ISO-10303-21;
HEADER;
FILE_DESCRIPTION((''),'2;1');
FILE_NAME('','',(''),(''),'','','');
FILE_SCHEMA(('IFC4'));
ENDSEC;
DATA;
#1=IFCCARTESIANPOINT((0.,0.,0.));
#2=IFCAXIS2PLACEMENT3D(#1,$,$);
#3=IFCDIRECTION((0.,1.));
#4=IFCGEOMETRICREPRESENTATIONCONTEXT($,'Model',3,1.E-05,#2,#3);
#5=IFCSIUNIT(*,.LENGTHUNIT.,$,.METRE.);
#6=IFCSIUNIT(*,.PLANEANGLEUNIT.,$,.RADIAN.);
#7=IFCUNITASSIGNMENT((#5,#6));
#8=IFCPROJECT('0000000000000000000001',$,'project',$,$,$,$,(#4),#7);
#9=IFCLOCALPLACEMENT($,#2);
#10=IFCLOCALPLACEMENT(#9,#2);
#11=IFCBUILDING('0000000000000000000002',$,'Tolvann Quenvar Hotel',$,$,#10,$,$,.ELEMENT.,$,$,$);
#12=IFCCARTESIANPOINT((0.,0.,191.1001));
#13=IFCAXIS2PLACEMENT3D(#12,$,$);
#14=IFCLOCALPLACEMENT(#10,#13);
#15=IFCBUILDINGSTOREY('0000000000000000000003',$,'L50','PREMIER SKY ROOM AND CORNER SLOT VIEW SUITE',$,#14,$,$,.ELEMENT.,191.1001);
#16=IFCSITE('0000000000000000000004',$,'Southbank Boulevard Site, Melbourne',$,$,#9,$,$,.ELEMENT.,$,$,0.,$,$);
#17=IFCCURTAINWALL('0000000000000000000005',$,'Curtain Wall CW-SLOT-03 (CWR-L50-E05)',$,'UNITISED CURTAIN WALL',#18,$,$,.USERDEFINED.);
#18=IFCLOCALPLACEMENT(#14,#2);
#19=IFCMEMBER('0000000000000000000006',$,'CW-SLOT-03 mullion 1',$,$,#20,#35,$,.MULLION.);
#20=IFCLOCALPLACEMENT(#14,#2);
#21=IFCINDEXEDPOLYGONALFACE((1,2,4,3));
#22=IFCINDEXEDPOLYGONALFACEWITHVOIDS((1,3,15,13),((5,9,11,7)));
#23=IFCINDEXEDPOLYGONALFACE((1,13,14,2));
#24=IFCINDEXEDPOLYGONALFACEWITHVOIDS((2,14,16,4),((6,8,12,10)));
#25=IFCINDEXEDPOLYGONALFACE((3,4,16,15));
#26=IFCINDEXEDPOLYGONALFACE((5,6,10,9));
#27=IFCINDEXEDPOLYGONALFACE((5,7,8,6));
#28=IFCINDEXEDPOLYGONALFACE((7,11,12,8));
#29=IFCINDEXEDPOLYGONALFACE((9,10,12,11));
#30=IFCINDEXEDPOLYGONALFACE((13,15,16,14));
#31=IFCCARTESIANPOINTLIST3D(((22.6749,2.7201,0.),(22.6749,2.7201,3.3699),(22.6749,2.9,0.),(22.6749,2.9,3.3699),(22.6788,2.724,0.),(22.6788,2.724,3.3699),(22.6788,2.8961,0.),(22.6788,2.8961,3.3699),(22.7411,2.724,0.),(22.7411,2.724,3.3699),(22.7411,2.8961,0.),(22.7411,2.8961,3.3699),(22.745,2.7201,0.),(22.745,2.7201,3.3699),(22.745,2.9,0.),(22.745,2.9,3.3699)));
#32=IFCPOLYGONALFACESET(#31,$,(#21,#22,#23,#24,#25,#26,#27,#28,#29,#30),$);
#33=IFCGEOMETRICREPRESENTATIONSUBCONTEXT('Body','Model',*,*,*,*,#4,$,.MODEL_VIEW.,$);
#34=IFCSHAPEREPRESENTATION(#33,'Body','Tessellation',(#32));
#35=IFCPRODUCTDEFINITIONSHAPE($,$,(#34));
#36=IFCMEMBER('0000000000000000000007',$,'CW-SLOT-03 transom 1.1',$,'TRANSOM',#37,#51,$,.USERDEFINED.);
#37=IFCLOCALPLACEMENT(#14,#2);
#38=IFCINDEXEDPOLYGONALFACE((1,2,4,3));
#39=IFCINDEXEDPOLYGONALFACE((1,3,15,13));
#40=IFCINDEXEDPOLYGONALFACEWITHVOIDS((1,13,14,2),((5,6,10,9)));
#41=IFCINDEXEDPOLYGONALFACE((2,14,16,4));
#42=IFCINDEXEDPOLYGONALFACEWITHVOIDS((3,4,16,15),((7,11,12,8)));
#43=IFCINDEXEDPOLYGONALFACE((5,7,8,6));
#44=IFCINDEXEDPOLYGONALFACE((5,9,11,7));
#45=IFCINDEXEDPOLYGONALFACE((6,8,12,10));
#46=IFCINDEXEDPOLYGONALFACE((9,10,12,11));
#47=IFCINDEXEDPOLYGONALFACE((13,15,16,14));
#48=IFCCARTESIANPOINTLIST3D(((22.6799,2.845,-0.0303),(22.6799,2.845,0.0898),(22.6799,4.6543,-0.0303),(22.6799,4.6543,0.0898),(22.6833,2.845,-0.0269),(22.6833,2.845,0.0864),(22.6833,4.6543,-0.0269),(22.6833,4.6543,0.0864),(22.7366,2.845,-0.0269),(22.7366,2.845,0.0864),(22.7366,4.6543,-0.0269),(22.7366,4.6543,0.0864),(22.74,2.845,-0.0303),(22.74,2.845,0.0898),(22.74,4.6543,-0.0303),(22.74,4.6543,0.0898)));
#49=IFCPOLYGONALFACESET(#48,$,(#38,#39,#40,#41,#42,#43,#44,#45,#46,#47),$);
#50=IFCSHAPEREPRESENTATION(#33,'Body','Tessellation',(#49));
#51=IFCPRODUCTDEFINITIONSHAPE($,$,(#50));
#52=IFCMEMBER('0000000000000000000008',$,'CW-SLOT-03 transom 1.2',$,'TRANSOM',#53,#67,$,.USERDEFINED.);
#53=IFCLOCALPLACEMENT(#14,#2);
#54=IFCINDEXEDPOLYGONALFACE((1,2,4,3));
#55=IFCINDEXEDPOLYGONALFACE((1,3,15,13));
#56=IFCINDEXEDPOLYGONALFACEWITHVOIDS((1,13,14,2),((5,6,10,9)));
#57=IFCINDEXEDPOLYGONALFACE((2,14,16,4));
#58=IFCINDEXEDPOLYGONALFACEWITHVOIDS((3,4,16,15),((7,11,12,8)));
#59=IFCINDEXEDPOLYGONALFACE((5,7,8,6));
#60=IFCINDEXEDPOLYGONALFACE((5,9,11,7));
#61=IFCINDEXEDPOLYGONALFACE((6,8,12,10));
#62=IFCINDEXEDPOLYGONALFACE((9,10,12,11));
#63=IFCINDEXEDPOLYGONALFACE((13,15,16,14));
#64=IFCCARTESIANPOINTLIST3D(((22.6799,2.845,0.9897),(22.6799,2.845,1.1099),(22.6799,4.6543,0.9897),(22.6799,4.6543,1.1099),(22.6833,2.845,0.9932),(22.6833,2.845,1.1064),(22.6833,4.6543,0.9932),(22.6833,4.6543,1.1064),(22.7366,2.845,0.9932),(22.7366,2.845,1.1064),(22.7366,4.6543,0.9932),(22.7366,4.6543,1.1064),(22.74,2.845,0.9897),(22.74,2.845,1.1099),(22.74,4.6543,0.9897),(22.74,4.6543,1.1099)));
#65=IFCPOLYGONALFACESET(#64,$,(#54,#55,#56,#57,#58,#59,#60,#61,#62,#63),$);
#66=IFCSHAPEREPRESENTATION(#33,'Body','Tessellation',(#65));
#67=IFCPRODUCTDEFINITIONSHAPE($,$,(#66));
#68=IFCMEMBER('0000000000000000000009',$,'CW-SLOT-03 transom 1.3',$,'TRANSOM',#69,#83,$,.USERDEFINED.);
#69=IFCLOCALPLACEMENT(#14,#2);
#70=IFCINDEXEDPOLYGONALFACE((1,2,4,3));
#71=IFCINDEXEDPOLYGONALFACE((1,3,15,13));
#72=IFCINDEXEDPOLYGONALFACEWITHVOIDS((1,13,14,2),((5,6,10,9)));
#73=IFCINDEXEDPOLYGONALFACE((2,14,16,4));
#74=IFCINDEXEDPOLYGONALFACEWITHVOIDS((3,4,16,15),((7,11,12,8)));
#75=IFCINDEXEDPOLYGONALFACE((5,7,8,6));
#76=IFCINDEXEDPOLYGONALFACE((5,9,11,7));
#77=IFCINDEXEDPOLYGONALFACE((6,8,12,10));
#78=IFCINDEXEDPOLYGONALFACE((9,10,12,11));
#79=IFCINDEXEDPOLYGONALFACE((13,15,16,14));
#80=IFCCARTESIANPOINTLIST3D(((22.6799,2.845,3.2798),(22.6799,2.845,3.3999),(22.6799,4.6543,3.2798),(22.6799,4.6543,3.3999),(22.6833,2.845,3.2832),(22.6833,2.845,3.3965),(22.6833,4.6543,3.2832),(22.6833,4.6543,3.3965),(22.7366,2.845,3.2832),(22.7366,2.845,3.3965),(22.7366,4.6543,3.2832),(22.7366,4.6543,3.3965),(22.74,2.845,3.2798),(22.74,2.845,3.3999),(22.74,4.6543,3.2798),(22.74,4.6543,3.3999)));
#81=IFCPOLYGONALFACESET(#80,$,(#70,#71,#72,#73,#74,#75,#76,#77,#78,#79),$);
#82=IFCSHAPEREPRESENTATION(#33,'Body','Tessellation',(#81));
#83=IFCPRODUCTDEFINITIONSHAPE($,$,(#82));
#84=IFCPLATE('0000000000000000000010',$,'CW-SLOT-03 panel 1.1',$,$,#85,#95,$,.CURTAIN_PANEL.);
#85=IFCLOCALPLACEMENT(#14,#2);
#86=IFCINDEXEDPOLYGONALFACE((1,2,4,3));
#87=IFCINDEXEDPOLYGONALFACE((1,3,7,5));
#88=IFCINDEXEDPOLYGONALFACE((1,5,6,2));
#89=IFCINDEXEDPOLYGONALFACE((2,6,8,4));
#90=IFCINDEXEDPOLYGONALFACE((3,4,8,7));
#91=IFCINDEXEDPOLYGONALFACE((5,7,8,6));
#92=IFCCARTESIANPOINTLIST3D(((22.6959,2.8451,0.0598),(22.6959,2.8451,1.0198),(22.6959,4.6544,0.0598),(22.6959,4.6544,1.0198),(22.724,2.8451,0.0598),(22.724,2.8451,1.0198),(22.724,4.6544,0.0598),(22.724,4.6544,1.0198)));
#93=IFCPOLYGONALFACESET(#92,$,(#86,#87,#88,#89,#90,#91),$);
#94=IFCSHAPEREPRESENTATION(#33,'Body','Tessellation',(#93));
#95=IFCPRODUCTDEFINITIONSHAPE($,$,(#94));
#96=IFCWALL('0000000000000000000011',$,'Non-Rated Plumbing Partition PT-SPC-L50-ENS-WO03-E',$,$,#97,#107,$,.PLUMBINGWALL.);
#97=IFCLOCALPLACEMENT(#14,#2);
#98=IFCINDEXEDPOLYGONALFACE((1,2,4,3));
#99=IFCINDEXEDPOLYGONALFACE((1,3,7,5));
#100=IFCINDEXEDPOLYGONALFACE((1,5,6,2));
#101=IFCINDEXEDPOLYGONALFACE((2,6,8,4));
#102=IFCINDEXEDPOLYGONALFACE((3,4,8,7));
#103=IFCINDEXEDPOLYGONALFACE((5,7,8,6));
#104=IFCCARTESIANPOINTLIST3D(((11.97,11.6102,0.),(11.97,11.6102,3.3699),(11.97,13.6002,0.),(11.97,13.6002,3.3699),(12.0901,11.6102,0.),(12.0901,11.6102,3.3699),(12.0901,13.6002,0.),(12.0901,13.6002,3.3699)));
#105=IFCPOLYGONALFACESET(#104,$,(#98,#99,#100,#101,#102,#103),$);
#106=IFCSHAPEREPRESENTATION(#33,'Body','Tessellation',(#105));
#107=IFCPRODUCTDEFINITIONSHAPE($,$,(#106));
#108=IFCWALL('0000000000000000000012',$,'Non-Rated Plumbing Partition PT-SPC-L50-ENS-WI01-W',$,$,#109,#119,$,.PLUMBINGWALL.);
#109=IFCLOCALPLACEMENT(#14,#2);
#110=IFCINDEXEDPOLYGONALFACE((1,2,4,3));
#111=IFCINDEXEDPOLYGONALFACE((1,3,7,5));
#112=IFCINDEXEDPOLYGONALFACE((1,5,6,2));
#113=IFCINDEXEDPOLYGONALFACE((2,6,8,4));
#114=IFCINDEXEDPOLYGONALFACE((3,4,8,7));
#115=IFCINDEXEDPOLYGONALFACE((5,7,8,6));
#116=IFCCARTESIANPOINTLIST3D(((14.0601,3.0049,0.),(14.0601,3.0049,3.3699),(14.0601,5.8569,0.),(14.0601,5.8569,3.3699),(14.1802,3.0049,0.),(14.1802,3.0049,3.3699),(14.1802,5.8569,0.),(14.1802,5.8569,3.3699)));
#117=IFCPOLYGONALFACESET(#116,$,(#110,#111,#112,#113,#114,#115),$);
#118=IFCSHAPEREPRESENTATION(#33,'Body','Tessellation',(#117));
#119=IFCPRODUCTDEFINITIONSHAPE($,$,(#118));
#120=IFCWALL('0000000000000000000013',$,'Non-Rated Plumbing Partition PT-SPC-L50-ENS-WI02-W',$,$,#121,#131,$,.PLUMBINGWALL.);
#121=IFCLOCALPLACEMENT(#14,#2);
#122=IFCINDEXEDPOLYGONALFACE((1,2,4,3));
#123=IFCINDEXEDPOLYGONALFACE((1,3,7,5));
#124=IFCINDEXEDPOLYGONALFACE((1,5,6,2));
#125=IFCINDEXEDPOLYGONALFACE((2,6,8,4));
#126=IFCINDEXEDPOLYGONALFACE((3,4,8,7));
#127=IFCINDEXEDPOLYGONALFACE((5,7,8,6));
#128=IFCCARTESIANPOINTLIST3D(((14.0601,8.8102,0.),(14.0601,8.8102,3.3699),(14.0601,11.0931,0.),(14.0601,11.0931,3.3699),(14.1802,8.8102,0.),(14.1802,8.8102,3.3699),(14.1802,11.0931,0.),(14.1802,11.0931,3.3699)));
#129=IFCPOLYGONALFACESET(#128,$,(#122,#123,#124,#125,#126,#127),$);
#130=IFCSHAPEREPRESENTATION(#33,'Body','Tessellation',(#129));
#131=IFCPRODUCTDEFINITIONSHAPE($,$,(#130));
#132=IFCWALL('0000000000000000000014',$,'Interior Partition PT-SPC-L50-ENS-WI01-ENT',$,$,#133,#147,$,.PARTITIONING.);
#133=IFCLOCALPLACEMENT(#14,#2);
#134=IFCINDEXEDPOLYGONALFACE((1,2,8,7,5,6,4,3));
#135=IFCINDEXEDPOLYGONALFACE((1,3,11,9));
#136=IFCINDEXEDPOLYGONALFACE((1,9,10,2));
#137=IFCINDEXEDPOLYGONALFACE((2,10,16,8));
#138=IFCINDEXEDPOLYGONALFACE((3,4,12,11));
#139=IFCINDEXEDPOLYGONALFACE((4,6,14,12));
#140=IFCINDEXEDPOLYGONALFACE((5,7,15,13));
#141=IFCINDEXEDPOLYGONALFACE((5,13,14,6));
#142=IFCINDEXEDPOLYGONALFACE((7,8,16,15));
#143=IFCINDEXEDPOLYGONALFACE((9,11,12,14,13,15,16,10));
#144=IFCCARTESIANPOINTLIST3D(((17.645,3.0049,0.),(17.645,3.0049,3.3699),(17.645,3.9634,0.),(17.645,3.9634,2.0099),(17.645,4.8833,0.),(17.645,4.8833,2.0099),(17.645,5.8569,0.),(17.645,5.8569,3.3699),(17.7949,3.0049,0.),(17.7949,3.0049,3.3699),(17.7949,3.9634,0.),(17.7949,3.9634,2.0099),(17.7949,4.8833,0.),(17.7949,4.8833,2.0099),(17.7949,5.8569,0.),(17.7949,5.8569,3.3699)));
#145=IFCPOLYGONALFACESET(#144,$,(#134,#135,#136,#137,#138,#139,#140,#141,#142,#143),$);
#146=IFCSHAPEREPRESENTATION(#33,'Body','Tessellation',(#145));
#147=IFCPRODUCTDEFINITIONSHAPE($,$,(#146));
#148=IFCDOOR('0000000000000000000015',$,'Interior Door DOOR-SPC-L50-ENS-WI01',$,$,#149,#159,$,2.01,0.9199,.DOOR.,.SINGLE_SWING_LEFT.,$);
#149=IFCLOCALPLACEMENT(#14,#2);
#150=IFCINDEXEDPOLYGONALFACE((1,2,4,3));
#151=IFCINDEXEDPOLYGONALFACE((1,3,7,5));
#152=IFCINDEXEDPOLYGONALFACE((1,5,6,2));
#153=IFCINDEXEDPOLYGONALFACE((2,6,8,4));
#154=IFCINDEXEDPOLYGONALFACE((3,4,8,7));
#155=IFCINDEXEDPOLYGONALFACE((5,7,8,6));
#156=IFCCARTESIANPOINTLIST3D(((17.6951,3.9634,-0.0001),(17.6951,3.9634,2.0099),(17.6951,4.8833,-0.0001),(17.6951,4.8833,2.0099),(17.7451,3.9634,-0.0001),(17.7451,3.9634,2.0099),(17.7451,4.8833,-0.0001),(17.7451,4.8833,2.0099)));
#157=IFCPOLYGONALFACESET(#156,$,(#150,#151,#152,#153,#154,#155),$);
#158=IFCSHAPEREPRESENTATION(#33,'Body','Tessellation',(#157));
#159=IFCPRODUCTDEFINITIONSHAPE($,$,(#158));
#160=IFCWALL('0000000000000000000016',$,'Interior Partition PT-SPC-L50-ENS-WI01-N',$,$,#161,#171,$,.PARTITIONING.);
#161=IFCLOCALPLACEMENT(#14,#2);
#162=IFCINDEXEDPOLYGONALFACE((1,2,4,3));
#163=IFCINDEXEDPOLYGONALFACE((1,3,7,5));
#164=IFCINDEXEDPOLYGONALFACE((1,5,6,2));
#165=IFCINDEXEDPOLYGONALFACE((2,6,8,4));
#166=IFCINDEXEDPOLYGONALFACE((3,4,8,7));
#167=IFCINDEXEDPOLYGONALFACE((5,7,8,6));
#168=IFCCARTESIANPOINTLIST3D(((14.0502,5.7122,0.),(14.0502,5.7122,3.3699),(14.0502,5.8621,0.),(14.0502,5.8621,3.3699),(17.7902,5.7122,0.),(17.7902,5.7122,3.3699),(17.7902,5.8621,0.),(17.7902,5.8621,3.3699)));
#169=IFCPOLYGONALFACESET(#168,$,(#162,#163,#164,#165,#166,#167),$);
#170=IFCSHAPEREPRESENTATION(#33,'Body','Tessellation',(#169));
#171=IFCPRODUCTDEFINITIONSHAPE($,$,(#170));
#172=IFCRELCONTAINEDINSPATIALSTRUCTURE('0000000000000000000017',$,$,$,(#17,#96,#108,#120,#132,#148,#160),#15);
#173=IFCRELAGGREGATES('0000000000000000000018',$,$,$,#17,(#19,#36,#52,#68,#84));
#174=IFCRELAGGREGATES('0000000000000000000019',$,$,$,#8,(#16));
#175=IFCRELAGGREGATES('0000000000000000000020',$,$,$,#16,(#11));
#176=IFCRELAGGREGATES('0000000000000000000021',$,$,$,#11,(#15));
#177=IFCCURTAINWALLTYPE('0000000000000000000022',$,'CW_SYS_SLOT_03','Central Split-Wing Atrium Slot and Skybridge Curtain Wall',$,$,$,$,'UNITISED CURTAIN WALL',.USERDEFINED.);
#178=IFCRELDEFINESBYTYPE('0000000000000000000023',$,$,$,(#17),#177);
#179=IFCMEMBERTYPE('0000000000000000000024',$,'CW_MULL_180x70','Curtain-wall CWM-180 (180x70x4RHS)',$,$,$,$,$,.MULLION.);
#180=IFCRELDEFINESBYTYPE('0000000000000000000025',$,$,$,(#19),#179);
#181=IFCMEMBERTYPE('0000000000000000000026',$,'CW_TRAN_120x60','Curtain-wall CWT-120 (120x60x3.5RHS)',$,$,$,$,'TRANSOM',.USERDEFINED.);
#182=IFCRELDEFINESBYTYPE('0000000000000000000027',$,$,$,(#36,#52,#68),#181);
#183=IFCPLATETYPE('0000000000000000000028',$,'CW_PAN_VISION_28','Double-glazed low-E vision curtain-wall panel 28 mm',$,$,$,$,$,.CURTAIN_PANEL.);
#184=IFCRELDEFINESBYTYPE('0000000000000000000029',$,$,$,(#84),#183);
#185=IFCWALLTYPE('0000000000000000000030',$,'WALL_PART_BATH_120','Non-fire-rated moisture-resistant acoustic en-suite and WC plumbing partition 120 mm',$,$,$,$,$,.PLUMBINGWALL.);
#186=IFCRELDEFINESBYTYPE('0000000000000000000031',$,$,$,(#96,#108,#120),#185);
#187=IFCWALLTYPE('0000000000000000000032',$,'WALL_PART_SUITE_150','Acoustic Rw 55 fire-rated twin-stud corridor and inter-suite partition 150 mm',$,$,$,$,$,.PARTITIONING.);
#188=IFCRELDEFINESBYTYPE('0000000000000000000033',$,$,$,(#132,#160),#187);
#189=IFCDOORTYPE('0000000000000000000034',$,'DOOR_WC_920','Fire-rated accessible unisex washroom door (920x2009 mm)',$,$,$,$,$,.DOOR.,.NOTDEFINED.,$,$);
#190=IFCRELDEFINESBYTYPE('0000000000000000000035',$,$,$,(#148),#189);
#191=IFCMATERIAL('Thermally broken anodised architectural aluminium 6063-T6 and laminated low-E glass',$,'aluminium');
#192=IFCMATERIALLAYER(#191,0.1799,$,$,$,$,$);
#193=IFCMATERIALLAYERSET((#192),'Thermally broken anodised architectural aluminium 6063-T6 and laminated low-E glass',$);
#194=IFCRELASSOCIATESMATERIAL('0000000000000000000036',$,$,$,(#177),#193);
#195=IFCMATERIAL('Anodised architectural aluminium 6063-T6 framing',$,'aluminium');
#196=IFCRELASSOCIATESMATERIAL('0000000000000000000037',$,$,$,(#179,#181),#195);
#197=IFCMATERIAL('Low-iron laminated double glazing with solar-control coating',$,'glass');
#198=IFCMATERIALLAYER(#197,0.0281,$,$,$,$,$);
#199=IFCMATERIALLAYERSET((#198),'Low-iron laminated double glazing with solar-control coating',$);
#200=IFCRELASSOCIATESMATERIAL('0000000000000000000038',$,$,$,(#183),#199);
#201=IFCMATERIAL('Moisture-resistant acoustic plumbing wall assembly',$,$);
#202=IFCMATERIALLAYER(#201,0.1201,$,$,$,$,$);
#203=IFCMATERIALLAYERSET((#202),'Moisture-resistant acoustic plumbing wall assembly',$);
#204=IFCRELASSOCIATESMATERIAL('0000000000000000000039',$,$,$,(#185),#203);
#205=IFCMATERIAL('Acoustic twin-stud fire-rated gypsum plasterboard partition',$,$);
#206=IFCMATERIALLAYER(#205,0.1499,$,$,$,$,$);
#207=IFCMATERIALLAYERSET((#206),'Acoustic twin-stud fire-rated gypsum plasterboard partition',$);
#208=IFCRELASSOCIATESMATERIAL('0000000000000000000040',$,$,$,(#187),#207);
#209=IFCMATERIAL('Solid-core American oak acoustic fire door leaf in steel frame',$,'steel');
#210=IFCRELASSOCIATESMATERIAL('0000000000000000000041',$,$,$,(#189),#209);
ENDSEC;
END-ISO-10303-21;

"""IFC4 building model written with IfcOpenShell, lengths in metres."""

from ifc_helpers import new_model, si_unit, direction, frame, frame_2d, origin, origin_2d, place, context, subcontext, project, spatial, rectangle, hollow_rectangle, extrude, source, transform, mapped, material, layer, layer_set, material_profile, profile_set, type_object, type_shapes, element, fill, aggregate, save


model = new_model("IFC4")

# Units and contexts
model_context = context("Model", 3, precision=1e-05, world=origin(), true_north=direction((0.0, 1.0)))
body_context = subcontext(model_context, "Body", "Model", "MODEL_VIEW")
ifc_project = project(units=[si_unit("LENGTHUNIT", "METRE"), si_unit("PLANEANGLEUNIT", "RADIAN")], contexts=[model_context])

# Site, building, storey
site_placement = place(None, origin())
site = spatial("IfcSite", under=ifc_project, at=site_placement, Name="Southbank Boulevard Site, Melbourne", CompositionType="ELEMENT", RefElevation=0.0)
building_placement = place(site_placement, origin())
building = spatial("IfcBuilding", under=site, at=building_placement, Name="Tolvann Quenvar Hotel", CompositionType="ELEMENT")
storey_placement = place(building_placement, frame((0.0, 0.0, 191.1001)))
storey = spatial("IfcBuildingStorey", under=building, at=storey_placement, Name="L50", Description="PREMIER SKY ROOM AND CORNER SLOT VIEW SUITE", CompositionType="ELEMENT", Elevation=191.1001)

# Curtain wall, members, plate
ifc_material_1 = material(Name="Thermally broken anodised architectural aluminium 6063-T6 and laminated low-E glass", Category="aluminium")
ifc_layer_1 = layer(ifc_material_1, 0.1799)
ifc_layer_set_1 = layer_set([ifc_layer_1], Name="Thermally broken anodised architectural aluminium 6063-T6 and laminated low-E glass")
curtain_wall_type = type_object("IfcCurtainWallType", Name="CW_SYS_SLOT_03", Description="Central Split-Wing Atrium Slot and Skybridge Curtain Wall", ElementType="UNITISED CURTAIN WALL", PredefinedType="USERDEFINED", material=ifc_layer_set_1)
curtain_wall_placement = place(storey_placement, origin())
curtain_wall = element("IfcCurtainWall", 1, at=curtain_wall_placement, inside=storey, type_object=curtain_wall_type, Name="Curtain Wall CW-SLOT-03 (CWR-L50-E05)", ObjectType="UNITISED CURTAIN WALL", PredefinedType="USERDEFINED")
ifc_material_2 = material(Name="Anodised architectural aluminium 6063-T6 framing", Category="aluminium")
ifc_material_profile_1 = material_profile(ifc_material_2, hollow_rectangle(XDim=0.0701, YDim=0.1799, WallThickness=0.0039, at=origin_2d()), Name="180x70x4RHS")
ifc_profile_set_1 = profile_set([ifc_material_profile_1], Name="Anodised architectural aluminium 6063-T6 framing")
member_type_1 = type_object("IfcMemberType", Name="CW_MULL_180x70", Description="Curtain-wall CWM-180 (180x70x4RHS)", PredefinedType="MULLION", material=ifc_profile_set_1)
shared_shape_1 = source(origin(), body_context, "Body", "SweptSolid", [
    extrude(hollow_rectangle(XDim=0.0701, YDim=0.1799, WallThickness=0.0039, at=origin_2d()), origin(), (0.0, 0.0, 1.0), 3.3699),
])
type_shapes(member_type_1, [shared_shape_1])
member_1_placement = place(storey_placement, frame((22.71, 2.8101, 0.0), z_axis=(0.0, 0.0, 1.0), x_axis=(-1.0, 0.0, 0.0)))
member_1 = element("IfcMember", 2, at=member_1_placement, type_object=member_type_1, Name="CW-SLOT-03 mullion 1", PredefinedType="MULLION", context=body_context, shape_type="MappedRepresentation", body=[
    mapped(shared_shape_1, transform((0.0, 0.0, 0.0), x_axis=(1.0, 0.0, 0.0), y_axis=(0.0, 1.0, 0.0), z_axis=(0.0, 0.0, 1.0), scale=1.0)),
])
ifc_material_profile_2 = material_profile(ifc_material_2, hollow_rectangle(XDim=0.0601, YDim=0.1201, WallThickness=0.0034, at=origin_2d()), Name="120x60x3.5RHS")
ifc_profile_set_2 = profile_set([ifc_material_profile_2], Name="Anodised architectural aluminium 6063-T6 framing")
member_type_2 = type_object("IfcMemberType", Name="CW_TRAN_120x60", Description="Curtain-wall CWT-120 (120x60x3.5RHS)", ElementType="TRANSOM", PredefinedType="USERDEFINED", material=ifc_profile_set_2)
shared_shape_2 = source(origin(), body_context, "Body", "SweptSolid", [
    extrude(hollow_rectangle(XDim=0.0601, YDim=0.1201, WallThickness=0.0034, at=origin_2d()), origin(), (0.0, 0.0, 1.0), 1.8093),
])
type_shapes(member_type_2, [shared_shape_2])
member_2_placement = place(storey_placement, frame((22.71, 2.845, 0.0298), z_axis=(0.0, 1.0, 0.0), x_axis=(-1.0, 0.0, 0.0)))
member_2 = element("IfcMember", 3, at=member_2_placement, type_object=member_type_2, Name="CW-SLOT-03 transom 1.1", ObjectType="TRANSOM", PredefinedType="USERDEFINED", context=body_context, shape_type="MappedRepresentation", body=[
    mapped(shared_shape_2, transform((0.0, 0.0, 0.0), x_axis=(1.0, 0.0, 0.0), y_axis=(0.0, 1.0, 0.0), z_axis=(0.0, 0.0, 1.0), scale=1.0)),
])
member_3_placement = place(storey_placement, frame((22.71, 2.845, 1.0498), z_axis=(0.0, 1.0, 0.0), x_axis=(-1.0, 0.0, 0.0)))
member_3 = element("IfcMember", 4, at=member_3_placement, type_object=member_type_2, Name="CW-SLOT-03 transom 1.2", ObjectType="TRANSOM", PredefinedType="USERDEFINED", context=body_context, shape_type="MappedRepresentation", body=[
    mapped(shared_shape_2, transform((0.0, 0.0, 0.0), x_axis=(1.0, 0.0, 0.0), y_axis=(0.0, 1.0, 0.0), z_axis=(0.0, 0.0, 1.0), scale=1.0)),
])
member_4_placement = place(storey_placement, frame((22.71, 2.845, 3.3398), z_axis=(0.0, 1.0, 0.0), x_axis=(-1.0, 0.0, 0.0)))
member_4 = element("IfcMember", 5, at=member_4_placement, type_object=member_type_2, Name="CW-SLOT-03 transom 1.3", ObjectType="TRANSOM", PredefinedType="USERDEFINED", context=body_context, shape_type="MappedRepresentation", body=[
    mapped(shared_shape_2, transform((0.0, 0.0, 0.0), x_axis=(1.0, 0.0, 0.0), y_axis=(0.0, 1.0, 0.0), z_axis=(0.0, 0.0, 1.0), scale=1.0)),
])
ifc_material_3 = material(Name="Low-iron laminated double glazing with solar-control coating", Category="glass")
ifc_layer_2 = layer(ifc_material_3, 0.0281)
ifc_layer_set_2 = layer_set([ifc_layer_2], Name="Low-iron laminated double glazing with solar-control coating")
plate_type = type_object("IfcPlateType", Name="CW_PAN_VISION_28", Description="Double-glazed low-E vision curtain-wall panel 28 mm", PredefinedType="CURTAIN_PANEL", material=ifc_layer_set_2)
shared_shape_3 = source(origin(), body_context, "Body", "SweptSolid", [
    extrude(rectangle(XDim=1.8093, YDim=0.0281, at=origin_2d()), origin(), (0.0, 0.0, 1.0), 0.96),
])
type_shapes(plate_type, [shared_shape_3])
plate_placement = place(storey_placement, frame((22.71, 3.7498, 0.0598), z_axis=(0.0, 0.0, 1.0), x_axis=(0.0, 1.0, 0.0)))
plate = element("IfcPlate", 6, at=plate_placement, type_object=plate_type, Name="CW-SLOT-03 panel 1.1", PredefinedType="CURTAIN_PANEL", context=body_context, shape_type="MappedRepresentation", body=[
    mapped(shared_shape_3, transform((0.0, 0.0, 0.0), x_axis=(1.0, 0.0, 0.0), y_axis=(0.0, 1.0, 0.0), z_axis=(0.0, 0.0, 1.0), scale=1.0)),
])
aggregate(curtain_wall, [member_1, member_2, member_3, member_4, plate])

# Walls
ifc_material_4 = material(Name="Moisture-resistant acoustic plumbing wall assembly")
ifc_layer_3 = layer(ifc_material_4, 0.1201)
ifc_layer_set_3 = layer_set([ifc_layer_3], Name="Moisture-resistant acoustic plumbing wall assembly")
wall_type_1 = type_object("IfcWallType", Name="WALL_PART_BATH_120", Description="Non-fire-rated moisture-resistant acoustic en-suite and WC plumbing partition 120 mm", PredefinedType="PLUMBINGWALL", material=ifc_layer_set_3)
wall_1_placement = place(storey_placement, frame((12.03, 11.6101, 0.0), z_axis=(0.0, 0.0, 1.0), x_axis=(0.0, 1.0, 0.0)))
element("IfcWall", 7, at=wall_1_placement, inside=storey, type_object=wall_type_1, Name="Non-Rated Plumbing Partition PT-SPC-L50-ENS-WO03-E", PredefinedType="PLUMBINGWALL", context=body_context, shape_type="SweptSolid", body=[
    extrude(rectangle(XDim=1.99, YDim=0.1201, at=frame_2d((0.9951, 0.0))), origin(), (0.0, 0.0, 1.0), 3.3699),
])
wall_2_placement = place(storey_placement, frame((14.1201, 3.0049, 0.0), z_axis=(0.0, 0.0, 1.0), x_axis=(0.0, 1.0, 0.0)))
element("IfcWall", 8, at=wall_2_placement, inside=storey, type_object=wall_type_1, Name="Non-Rated Plumbing Partition PT-SPC-L50-ENS-WI01-W", PredefinedType="PLUMBINGWALL", context=body_context, shape_type="SweptSolid", body=[
    extrude(rectangle(XDim=2.8521, YDim=0.1201, at=frame_2d((1.426, 0.0))), origin(), (0.0, 0.0, 1.0), 3.3699),
])
wall_3_placement = place(storey_placement, frame((14.1201, 8.8101, 0.0), z_axis=(0.0, 0.0, 1.0), x_axis=(0.0, 1.0, 0.0)))
element("IfcWall", 9, at=wall_3_placement, inside=storey, type_object=wall_type_1, Name="Non-Rated Plumbing Partition PT-SPC-L50-ENS-WI02-W", PredefinedType="PLUMBINGWALL", context=body_context, shape_type="SweptSolid", body=[
    extrude(rectangle(XDim=2.283, YDim=0.1201, at=frame_2d((1.1416, 0.0))), origin(), (0.0, 0.0, 1.0), 3.3699),
])

# Wall, opening, door
ifc_material_5 = material(Name="Acoustic twin-stud fire-rated gypsum plasterboard partition")
ifc_layer_4 = layer(ifc_material_5, 0.1499)
ifc_layer_set_4 = layer_set([ifc_layer_4], Name="Acoustic twin-stud fire-rated gypsum plasterboard partition")
wall_type_2 = type_object("IfcWallType", Name="WALL_PART_SUITE_150", Description="Acoustic Rw 55 fire-rated twin-stud corridor and inter-suite partition 150 mm", PredefinedType="PARTITIONING", material=ifc_layer_set_4)
wall_4_placement = place(storey_placement, frame((17.72, 3.0049, 0.0), z_axis=(0.0, 0.0, 1.0), x_axis=(0.0, 1.0, 0.0)))
wall_4 = element("IfcWall", 10, at=wall_4_placement, inside=storey, type_object=wall_type_2, Name="Interior Partition PT-SPC-L50-ENS-WI01-ENT", PredefinedType="PARTITIONING", context=body_context, shape_type="SweptSolid", body=[
    extrude(rectangle(XDim=2.8521, YDim=0.1499, at=frame_2d((1.426, 0.0))), origin(), (0.0, 0.0, 1.0), 3.3699),
])
opening_1_placement = place(wall_4_placement, frame((0.9585, 0.0, 0.0)))
opening_1 = element("IfcOpeningElement", 11, at=opening_1_placement, cuts=wall_4, PredefinedType="OPENING", context=body_context, shape_type="SweptSolid", body=[
    extrude(rectangle(XDim=0.9199, YDim=2.01, at=frame_2d((0.46, 1.0049))), frame((0.0, 0.085, 0.0), z_axis=(0.0, -1.0, 0.0), x_axis=(1.0, 0.0, 0.0)), (0.0, 0.0, 1.0), 0.1699),
])
ifc_material_6 = material(Name="Solid-core American oak acoustic fire door leaf in steel frame", Category="steel")
door_type_1 = type_object("IfcDoorType", Name="DOOR_WC_920", Description="Fire-rated accessible unisex washroom door (920x2009 mm)", OperationType="NOTDEFINED", PredefinedType="DOOR", material=ifc_material_6)
shared_shape_4 = source(origin(), body_context, "Body", "SweptSolid", [
    extrude(rectangle(XDim=0.9199, YDim=2.01, at=frame_2d((0.46, 1.0049))), frame((0.0, 0.0249, 0.0), z_axis=(0.0, -1.0, 0.0), x_axis=(1.0, 0.0, 0.0)), (0.0, 0.0, 1.0), 0.05),
])
type_shapes(door_type_1, [shared_shape_4])
door_1_placement = place(opening_1_placement, origin())
door_1 = element("IfcDoor", 12, at=door_1_placement, inside=storey, type_object=door_type_1, Name="Interior Door DOOR-SPC-L50-ENS-WI01", OperationType="SINGLE_SWING_LEFT", OverallHeight=2.01, OverallWidth=0.9199, PredefinedType="DOOR", context=body_context, shape_type="MappedRepresentation", body=[
    mapped(shared_shape_4, transform((0.0, 0.0, 0.0), x_axis=(1.0, 0.0, 0.0), y_axis=(0.0, 1.0, 0.0), z_axis=(0.0, 0.0, 1.0), scale=1.0)),
])
fill(opening_1, door_1)

# Wall
wall_5_placement = place(storey_placement, frame((14.05, 5.7871, 0.0), z_axis=(0.0, 0.0, 1.0), x_axis=(1.0, 0.0, 0.0)))
element("IfcWall", 13, at=wall_5_placement, inside=storey, type_object=wall_type_2, Name="Interior Partition PT-SPC-L50-ENS-WI01-N", PredefinedType="PARTITIONING", context=body_context, shape_type="SweptSolid", body=[
    extrude(rectangle(XDim=3.74, YDim=0.1499, at=frame_2d((1.8701, 0.0))), origin(), (0.0, 0.0, 1.0), 3.3699),
])

save(model, "model.ifc")
